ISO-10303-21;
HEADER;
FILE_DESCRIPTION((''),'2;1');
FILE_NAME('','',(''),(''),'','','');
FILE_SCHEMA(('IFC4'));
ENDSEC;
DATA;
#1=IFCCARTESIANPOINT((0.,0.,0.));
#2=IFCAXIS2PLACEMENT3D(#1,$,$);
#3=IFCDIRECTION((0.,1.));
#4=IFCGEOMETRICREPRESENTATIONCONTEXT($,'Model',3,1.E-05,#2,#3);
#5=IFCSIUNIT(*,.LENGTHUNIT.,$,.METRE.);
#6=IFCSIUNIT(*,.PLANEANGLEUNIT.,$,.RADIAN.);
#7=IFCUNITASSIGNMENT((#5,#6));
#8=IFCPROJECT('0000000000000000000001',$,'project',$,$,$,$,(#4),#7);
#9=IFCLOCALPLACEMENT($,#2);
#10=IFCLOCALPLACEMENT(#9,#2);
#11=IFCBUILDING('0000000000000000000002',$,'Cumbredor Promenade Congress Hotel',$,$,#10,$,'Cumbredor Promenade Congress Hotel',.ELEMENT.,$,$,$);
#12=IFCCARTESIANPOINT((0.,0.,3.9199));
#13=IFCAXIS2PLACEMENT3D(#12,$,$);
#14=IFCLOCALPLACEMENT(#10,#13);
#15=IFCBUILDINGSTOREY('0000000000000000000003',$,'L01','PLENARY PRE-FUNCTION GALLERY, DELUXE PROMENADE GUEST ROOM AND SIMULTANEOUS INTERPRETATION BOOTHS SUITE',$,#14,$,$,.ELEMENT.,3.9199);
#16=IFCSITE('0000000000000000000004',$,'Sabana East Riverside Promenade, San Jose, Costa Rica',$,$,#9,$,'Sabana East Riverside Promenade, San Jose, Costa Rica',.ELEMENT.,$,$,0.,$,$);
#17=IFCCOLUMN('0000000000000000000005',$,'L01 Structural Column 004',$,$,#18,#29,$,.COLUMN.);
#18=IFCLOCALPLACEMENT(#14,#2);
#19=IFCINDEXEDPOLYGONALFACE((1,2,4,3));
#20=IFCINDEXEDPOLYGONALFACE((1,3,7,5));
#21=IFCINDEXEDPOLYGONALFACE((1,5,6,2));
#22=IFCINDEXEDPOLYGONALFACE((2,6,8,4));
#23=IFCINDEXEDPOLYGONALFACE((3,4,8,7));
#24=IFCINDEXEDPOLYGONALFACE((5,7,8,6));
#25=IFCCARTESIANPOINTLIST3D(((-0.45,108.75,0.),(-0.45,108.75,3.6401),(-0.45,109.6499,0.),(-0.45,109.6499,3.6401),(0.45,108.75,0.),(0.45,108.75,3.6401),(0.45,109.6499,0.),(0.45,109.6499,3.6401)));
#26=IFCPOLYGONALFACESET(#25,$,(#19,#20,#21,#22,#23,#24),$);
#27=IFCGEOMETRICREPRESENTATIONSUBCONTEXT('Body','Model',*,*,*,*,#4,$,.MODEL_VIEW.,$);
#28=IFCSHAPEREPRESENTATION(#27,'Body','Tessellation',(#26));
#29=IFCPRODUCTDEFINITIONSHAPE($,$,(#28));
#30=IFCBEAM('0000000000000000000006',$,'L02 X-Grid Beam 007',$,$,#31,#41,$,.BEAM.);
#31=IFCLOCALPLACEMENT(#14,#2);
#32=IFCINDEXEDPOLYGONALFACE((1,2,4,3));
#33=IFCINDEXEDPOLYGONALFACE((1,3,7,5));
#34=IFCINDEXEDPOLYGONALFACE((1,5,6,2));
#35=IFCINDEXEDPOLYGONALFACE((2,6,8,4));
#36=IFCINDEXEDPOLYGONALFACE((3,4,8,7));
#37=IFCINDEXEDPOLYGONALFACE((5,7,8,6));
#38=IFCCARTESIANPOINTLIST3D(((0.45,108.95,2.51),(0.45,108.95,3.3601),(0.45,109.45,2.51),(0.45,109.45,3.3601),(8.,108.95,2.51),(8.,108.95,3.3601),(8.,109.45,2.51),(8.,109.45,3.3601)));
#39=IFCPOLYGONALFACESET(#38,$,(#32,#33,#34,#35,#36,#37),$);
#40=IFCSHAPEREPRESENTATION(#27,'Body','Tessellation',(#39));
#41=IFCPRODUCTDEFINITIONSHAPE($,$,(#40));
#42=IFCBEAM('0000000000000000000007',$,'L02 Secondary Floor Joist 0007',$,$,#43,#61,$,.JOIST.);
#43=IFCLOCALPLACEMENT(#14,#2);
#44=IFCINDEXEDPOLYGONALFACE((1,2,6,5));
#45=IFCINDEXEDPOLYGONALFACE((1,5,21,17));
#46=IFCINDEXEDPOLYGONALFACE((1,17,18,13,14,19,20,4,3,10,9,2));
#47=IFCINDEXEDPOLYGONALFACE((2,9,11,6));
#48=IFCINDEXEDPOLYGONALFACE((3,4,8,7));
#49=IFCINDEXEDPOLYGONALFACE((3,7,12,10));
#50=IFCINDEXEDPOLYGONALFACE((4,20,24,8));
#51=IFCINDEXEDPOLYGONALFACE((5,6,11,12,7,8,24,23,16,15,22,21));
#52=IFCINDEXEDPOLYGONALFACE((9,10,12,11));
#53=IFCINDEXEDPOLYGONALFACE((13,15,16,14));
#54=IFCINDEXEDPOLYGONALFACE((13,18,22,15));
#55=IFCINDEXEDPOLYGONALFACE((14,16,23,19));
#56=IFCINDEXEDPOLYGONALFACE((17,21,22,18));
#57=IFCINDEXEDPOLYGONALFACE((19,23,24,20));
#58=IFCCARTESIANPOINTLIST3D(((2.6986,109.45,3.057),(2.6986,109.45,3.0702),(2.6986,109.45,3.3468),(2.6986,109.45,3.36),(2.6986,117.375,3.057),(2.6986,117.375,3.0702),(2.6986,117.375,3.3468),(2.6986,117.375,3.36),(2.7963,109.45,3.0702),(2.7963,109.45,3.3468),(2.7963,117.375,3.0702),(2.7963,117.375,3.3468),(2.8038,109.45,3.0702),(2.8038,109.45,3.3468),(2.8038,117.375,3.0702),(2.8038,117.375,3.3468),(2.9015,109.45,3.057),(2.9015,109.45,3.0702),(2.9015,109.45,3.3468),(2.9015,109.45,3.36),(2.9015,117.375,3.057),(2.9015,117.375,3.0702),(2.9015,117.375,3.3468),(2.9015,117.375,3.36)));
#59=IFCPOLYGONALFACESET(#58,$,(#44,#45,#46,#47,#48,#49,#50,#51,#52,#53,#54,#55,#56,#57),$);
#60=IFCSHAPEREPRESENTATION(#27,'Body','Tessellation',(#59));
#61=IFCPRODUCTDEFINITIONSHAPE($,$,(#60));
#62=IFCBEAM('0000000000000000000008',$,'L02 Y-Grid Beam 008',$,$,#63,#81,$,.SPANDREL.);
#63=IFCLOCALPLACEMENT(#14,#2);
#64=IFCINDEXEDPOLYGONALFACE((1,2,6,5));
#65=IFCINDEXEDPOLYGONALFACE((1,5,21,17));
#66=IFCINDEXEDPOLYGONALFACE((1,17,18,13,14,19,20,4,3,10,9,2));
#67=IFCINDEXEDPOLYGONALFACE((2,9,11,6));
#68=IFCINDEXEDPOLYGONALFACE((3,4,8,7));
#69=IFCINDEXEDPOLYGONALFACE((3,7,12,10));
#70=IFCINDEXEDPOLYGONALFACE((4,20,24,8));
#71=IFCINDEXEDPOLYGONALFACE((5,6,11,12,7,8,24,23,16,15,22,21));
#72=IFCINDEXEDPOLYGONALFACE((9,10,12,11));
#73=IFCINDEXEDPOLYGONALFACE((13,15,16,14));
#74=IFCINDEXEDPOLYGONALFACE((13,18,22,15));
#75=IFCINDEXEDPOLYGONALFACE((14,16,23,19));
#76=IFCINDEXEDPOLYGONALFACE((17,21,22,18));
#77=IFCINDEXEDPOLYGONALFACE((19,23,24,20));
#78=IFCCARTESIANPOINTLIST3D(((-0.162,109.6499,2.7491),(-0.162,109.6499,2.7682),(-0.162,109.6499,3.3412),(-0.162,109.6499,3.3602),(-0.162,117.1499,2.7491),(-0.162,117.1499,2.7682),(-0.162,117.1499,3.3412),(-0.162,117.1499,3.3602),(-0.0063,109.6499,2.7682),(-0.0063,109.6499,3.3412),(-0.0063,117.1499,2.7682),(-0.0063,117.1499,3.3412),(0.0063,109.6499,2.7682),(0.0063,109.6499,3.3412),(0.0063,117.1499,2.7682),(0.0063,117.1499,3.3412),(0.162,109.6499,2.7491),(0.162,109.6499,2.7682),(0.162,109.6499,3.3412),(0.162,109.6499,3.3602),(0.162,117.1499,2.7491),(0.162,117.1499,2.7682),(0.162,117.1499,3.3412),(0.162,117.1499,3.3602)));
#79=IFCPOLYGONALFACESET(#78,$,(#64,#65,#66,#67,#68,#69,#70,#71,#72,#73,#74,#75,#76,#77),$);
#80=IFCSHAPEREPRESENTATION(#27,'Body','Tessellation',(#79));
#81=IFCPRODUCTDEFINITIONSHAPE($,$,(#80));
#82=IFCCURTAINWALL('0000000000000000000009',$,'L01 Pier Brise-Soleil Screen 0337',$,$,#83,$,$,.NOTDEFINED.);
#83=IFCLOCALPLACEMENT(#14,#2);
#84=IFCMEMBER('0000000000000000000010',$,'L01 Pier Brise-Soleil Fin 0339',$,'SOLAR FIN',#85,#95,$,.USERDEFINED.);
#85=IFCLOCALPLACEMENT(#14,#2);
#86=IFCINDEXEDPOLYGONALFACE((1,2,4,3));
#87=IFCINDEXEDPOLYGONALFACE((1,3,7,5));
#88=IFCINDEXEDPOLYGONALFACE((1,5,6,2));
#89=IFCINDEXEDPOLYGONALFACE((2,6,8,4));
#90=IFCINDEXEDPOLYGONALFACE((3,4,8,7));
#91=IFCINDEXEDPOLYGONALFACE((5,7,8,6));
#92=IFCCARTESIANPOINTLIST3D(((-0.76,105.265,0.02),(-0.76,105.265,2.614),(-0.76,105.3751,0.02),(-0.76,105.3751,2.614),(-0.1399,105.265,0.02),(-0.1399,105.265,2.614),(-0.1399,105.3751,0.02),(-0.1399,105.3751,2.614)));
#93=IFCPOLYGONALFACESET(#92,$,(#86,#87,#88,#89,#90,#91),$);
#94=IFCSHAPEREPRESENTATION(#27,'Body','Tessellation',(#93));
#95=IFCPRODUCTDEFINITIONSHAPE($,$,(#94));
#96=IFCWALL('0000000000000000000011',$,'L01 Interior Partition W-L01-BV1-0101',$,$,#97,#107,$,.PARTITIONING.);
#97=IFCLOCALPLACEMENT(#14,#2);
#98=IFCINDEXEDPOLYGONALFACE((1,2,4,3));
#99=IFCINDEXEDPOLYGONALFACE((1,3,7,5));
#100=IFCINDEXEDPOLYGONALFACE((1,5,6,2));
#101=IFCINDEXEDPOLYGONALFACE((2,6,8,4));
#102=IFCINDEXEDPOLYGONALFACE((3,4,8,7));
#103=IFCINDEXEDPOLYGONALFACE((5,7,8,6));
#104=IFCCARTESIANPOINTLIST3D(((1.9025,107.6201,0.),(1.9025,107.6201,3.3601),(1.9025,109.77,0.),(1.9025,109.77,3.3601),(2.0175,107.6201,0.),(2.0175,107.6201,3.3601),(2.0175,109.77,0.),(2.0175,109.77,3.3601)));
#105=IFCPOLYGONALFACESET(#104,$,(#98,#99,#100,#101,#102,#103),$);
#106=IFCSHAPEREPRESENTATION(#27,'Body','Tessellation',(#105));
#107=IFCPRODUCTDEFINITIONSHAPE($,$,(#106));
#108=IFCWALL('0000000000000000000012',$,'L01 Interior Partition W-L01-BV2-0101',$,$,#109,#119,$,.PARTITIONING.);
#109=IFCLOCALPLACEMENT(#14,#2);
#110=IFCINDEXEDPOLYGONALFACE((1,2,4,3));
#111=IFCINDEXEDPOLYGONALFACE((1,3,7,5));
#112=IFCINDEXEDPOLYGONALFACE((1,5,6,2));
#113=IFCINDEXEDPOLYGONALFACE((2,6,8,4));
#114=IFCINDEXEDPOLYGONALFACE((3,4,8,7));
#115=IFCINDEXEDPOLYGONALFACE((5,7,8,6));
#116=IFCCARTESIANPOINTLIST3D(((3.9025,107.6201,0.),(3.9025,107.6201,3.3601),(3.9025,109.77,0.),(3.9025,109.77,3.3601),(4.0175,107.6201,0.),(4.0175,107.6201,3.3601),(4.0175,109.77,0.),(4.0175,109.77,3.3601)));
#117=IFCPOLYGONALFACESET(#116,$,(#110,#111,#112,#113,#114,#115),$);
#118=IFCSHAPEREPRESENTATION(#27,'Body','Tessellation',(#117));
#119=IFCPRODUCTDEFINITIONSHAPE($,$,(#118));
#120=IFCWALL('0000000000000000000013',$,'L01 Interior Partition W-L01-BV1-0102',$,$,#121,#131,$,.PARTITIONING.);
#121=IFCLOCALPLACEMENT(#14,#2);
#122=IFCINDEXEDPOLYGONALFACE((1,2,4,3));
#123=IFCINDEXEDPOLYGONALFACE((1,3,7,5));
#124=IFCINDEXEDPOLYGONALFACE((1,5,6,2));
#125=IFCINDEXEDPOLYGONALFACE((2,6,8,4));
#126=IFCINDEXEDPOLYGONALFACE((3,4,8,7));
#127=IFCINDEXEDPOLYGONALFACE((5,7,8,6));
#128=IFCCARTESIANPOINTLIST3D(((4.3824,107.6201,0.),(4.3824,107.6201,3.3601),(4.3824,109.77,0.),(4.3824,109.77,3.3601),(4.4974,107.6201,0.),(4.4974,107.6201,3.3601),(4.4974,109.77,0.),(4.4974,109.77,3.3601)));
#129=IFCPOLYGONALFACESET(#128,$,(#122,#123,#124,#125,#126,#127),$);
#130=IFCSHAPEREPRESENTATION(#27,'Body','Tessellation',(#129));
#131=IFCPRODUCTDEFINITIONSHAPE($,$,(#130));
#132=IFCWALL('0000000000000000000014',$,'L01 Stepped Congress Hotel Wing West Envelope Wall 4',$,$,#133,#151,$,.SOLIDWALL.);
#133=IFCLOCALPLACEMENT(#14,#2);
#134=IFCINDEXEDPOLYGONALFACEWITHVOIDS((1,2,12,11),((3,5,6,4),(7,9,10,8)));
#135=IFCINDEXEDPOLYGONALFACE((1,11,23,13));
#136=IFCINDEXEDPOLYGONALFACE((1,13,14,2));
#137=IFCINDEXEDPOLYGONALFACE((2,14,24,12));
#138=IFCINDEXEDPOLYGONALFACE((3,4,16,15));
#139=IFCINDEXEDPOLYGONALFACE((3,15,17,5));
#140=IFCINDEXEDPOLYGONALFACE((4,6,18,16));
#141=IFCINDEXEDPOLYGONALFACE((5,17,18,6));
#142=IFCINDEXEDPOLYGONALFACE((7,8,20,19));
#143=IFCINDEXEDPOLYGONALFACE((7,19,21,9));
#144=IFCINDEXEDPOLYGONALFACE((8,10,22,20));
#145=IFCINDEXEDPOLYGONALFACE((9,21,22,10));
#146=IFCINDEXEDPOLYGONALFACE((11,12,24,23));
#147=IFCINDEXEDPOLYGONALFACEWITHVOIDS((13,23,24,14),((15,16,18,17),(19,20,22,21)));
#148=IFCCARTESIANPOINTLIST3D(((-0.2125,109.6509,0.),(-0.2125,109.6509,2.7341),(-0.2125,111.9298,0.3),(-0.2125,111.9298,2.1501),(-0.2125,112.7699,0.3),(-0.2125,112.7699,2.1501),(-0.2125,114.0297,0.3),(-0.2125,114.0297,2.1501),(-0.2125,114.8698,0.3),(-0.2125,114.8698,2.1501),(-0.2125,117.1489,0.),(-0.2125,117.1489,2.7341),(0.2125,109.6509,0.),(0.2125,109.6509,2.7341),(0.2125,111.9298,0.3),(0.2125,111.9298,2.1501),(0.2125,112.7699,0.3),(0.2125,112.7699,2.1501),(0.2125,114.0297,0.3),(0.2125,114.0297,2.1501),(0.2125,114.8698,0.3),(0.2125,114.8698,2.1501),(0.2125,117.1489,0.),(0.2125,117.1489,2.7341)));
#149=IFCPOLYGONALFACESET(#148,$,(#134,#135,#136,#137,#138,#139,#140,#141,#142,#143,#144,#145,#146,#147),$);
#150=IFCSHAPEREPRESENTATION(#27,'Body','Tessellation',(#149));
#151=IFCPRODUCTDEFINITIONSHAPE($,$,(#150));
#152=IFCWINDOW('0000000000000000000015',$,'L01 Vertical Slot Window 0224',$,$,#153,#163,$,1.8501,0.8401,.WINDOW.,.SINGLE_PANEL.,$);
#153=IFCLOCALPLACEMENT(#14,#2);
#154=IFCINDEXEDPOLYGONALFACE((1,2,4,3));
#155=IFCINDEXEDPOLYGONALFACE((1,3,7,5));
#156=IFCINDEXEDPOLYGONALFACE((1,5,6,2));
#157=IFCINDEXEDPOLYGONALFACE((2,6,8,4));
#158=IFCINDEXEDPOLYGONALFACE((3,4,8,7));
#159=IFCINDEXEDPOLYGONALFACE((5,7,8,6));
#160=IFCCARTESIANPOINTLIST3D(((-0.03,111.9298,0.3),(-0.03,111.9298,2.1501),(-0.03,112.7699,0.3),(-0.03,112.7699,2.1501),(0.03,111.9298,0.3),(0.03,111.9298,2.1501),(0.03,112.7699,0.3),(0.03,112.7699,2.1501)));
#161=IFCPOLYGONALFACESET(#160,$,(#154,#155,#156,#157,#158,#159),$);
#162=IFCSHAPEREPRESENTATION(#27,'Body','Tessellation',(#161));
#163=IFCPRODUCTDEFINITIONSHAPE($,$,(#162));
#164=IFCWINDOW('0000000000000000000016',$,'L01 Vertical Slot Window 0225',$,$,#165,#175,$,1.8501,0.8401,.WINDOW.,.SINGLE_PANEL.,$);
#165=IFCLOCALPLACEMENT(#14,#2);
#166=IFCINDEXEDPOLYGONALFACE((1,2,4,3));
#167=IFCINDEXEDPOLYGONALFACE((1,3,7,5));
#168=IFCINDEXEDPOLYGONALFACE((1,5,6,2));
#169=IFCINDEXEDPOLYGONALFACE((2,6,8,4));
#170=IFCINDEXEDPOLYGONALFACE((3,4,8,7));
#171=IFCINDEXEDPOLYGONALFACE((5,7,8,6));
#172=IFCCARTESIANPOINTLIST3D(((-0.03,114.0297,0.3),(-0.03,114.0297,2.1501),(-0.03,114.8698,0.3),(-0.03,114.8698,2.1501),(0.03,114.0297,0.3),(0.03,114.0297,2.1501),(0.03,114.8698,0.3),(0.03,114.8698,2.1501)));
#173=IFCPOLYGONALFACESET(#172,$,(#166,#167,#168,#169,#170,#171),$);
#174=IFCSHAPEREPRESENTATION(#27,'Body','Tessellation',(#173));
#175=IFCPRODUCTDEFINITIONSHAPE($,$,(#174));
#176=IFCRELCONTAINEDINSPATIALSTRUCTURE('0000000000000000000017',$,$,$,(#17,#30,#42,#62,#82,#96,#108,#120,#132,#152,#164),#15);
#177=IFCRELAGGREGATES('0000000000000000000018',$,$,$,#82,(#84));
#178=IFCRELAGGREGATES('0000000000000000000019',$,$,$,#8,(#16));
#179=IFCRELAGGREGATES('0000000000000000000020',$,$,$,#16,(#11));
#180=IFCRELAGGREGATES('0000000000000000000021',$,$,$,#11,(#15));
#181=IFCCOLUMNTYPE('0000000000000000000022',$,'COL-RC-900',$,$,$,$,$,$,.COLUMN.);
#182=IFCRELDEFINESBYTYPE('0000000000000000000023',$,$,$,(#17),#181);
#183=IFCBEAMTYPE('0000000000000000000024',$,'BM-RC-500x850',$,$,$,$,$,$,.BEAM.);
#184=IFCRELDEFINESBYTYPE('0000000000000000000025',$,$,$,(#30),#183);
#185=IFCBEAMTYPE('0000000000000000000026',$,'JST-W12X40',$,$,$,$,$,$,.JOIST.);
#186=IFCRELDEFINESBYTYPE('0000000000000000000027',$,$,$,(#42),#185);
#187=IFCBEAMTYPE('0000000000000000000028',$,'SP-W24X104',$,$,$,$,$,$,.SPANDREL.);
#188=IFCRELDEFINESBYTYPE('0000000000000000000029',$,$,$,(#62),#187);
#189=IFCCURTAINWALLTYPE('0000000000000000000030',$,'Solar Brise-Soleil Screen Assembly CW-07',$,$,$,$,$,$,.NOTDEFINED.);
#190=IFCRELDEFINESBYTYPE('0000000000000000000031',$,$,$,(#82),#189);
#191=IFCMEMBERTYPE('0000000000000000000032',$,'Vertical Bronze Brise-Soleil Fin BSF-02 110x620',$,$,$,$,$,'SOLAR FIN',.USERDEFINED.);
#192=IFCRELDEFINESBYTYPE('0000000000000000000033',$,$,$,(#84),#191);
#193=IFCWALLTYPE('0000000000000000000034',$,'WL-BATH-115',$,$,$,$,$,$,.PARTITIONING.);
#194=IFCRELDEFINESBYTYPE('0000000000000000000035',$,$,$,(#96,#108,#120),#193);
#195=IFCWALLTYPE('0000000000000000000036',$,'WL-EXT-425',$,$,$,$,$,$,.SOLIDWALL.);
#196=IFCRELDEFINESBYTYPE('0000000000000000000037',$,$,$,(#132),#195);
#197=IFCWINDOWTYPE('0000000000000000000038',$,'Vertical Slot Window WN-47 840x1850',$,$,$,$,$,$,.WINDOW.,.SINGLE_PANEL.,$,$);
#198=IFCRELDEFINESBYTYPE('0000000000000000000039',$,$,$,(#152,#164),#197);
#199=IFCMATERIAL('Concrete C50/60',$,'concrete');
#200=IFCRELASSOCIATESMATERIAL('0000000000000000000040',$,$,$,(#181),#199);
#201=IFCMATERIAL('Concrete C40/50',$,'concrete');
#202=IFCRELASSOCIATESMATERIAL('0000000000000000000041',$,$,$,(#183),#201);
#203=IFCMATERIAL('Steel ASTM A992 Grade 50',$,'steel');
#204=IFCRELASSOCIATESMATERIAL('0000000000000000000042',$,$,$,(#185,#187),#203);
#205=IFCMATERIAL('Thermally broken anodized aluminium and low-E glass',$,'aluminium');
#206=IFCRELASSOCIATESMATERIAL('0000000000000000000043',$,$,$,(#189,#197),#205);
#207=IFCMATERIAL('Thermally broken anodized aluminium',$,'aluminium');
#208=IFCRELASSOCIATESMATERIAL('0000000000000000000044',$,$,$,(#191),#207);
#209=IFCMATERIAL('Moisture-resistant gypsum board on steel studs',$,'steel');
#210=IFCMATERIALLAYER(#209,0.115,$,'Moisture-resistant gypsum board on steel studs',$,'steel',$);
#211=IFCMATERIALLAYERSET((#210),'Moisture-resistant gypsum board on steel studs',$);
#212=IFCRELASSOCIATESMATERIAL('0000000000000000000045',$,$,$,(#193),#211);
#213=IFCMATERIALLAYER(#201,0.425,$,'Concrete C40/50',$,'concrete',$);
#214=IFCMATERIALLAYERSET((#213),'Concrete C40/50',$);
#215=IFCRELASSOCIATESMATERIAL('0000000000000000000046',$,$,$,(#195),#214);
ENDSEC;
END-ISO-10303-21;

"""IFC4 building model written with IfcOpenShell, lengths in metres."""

from ifc_helpers import new_model, si_unit, direction, frame, frame_2d, origin, origin_2d, place, context, subcontext, project, spatial, rectangle, i_section, extrude, material, layer, layer_set, material_profile, profile_set, type_object, element, fill, aggregate, save


model = new_model("IFC4")

# Units and contexts
model_context = context("Model", 3, precision=1e-05, world=origin(), true_north=direction((0.0, 1.0)))
body_context = subcontext(model_context, "Body", "Model", "MODEL_VIEW")
ifc_project = project(units=[si_unit("LENGTHUNIT", "METRE"), si_unit("PLANEANGLEUNIT", "RADIAN")], contexts=[model_context])

# Site, building, storey
site_placement = place(None, origin())
site = spatial("IfcSite", under=ifc_project, at=site_placement, Name="Sabana East Riverside Promenade, San Jose, Costa Rica", LongName="Sabana East Riverside Promenade, San Jose, Costa Rica", CompositionType="ELEMENT", RefElevation=0.0)
building_placement = place(site_placement, origin())
building = spatial("IfcBuilding", under=site, at=building_placement, Name="Cumbredor Promenade Congress Hotel", LongName="Cumbredor Promenade Congress Hotel", CompositionType="ELEMENT")
storey_placement = place(building_placement, frame((0.0, 0.0, 3.9199)))
storey = spatial("IfcBuildingStorey", under=building, at=storey_placement, Name="L01", Description="PLENARY PRE-FUNCTION GALLERY, DELUXE PROMENADE GUEST ROOM AND SIMULTANEOUS INTERPRETATION BOOTHS SUITE", CompositionType="ELEMENT", Elevation=3.9199)

# Column
ifc_material_1 = material(Name="Concrete C50/60", Category="concrete")
ifc_material_profile_1 = material_profile(ifc_material_1, rectangle(XDim=0.8999, YDim=0.8999, at=origin_2d()), Name="RC 900x900")
ifc_profile_set_1 = profile_set([ifc_material_profile_1], Name="Concrete C50/60")
column_type = type_object("IfcColumnType", Name="COL-RC-900", PredefinedType="COLUMN", material=ifc_profile_set_1)
column_placement = place(storey_placement, frame((0.0, 109.2, 0.0), z_axis=(0.0, 0.0, 1.0), x_axis=(1.0, 0.0, 0.0)))
element("IfcColumn", 1, at=column_placement, inside=storey, type_object=column_type, Name="L01 Structural Column 004", PredefinedType="COLUMN", context=body_context, shape_type="SweptSolid", body=[
    extrude(rectangle(XDim=0.8999, YDim=0.8999, at=origin_2d()), origin(), (0.0, 0.0, 1.0), 3.6401),
])

# Beams
ifc_material_2 = material(Name="Concrete C40/50", Category="concrete")
ifc_material_profile_2 = material_profile(ifc_material_2, rectangle(XDim=0.5, YDim=0.8501, at=origin_2d()), Name="RC BEAM 500x850")
ifc_profile_set_2 = profile_set([ifc_material_profile_2], Name="Concrete C40/50")
beam_type_1 = type_object("IfcBeamType", Name="BM-RC-500x850", PredefinedType="BEAM", material=ifc_profile_set_2)
beam_1_placement = place(storey_placement, frame((0.45, 109.2, 2.9351), z_axis=(1.0, 0.0, 0.0), x_axis=(0.0, 1.0, 0.0)))
element("IfcBeam", 2, at=beam_1_placement, inside=storey, type_object=beam_type_1, Name="L02 X-Grid Beam 007", PredefinedType="BEAM", context=body_context, shape_type="SweptSolid", body=[
    extrude(rectangle(XDim=0.5, YDim=0.8501, at=origin_2d()), origin(), (0.0, 0.0, 1.0), 7.55),
])
ifc_material_3 = material(Name="Steel ASTM A992 Grade 50", Category="steel")
ifc_material_profile_3 = material_profile(ifc_material_3, i_section(OverallWidth=0.2029, OverallDepth=0.303, WebThickness=0.0076, FlangeThickness=0.0132, at=origin_2d()), Name="W12X40")
ifc_profile_set_3 = profile_set([ifc_material_profile_3], Name="Steel ASTM A992 Grade 50")
beam_type_2 = type_object("IfcBeamType", Name="JST-W12X40", PredefinedType="JOIST", material=ifc_profile_set_3)
beam_2_placement = place(storey_placement, frame((2.8, 109.45, 3.2085), z_axis=(0.0, 1.0, 0.0), x_axis=(-1.0, 0.0, 0.0)))
element("IfcBeam", 3, at=beam_2_placement, inside=storey, type_object=beam_type_2, Name="L02 Secondary Floor Joist 0007", PredefinedType="JOIST", context=body_context, shape_type="SweptSolid", body=[
    extrude(i_section(OverallWidth=0.2029, OverallDepth=0.303, WebThickness=0.0076, FlangeThickness=0.0132, at=origin_2d()), origin(), (0.0, 0.0, 1.0), 7.925),
])
ifc_material_profile_4 = material_profile(ifc_material_3, i_section(OverallWidth=0.324, OverallDepth=0.6111, WebThickness=0.0127, FlangeThickness=0.019, at=origin_2d()), Name="W24X104")
ifc_profile_set_4 = profile_set([ifc_material_profile_4], Name="Steel ASTM A992 Grade 50")
beam_type_3 = type_object("IfcBeamType", Name="SP-W24X104", PredefinedType="SPANDREL", material=ifc_profile_set_4)
beam_3_placement = place(storey_placement, frame((0.0, 109.6499, 3.0547), z_axis=(0.0, 1.0, 0.0), x_axis=(-1.0, 0.0, 0.0)))
element("IfcBeam", 4, at=beam_3_placement, inside=storey, type_object=beam_type_3, Name="L02 Y-Grid Beam 008", PredefinedType="SPANDREL", context=body_context, shape_type="SweptSolid", body=[
    extrude(i_section(OverallWidth=0.324, OverallDepth=0.6111, WebThickness=0.0127, FlangeThickness=0.019, at=origin_2d()), origin(), (0.0, 0.0, 1.0), 7.5),
])

# Curtain wall, member
ifc_material_4 = material(Name="Thermally broken anodized aluminium and low-E glass", Category="aluminium")
curtain_wall_type = type_object("IfcCurtainWallType", Name="Solar Brise-Soleil Screen Assembly CW-07", PredefinedType="NOTDEFINED", material=ifc_material_4)
curtain_wall_placement = place(storey_placement, origin())
curtain_wall = element("IfcCurtainWall", 5, at=curtain_wall_placement, inside=storey, type_object=curtain_wall_type, Name="L01 Pier Brise-Soleil Screen 0337", PredefinedType="NOTDEFINED")
ifc_material_5 = material(Name="Thermally broken anodized aluminium", Category="aluminium")
ifc_material_profile_5 = material_profile(ifc_material_5, rectangle(XDim=0.1101, YDim=0.6201, at=origin_2d()), Name="ARCH FIN 110x620")
ifc_profile_set_5 = profile_set([ifc_material_profile_5], Name="Thermally broken anodized aluminium")
member_type = type_object("IfcMemberType", Name="Vertical Bronze Brise-Soleil Fin BSF-02 110x620", ElementType="SOLAR FIN", PredefinedType="USERDEFINED", material=ifc_profile_set_5)
member_placement = place(storey_placement, frame((-0.45, 105.3201, 0.02), z_axis=(0.0, 0.0, 1.0), x_axis=(0.0, 1.0, 0.0)))
member = element("IfcMember", 6, at=member_placement, type_object=member_type, Name="L01 Pier Brise-Soleil Fin 0339", ObjectType="SOLAR FIN", PredefinedType="USERDEFINED", context=body_context, shape_type="SweptSolid", body=[
    extrude(rectangle(XDim=0.1101, YDim=0.6201, at=origin_2d()), origin(), (0.0, 0.0, 1.0), 2.594),
])
aggregate(curtain_wall, [member])

# Walls
ifc_material_6 = material(Name="Moisture-resistant gypsum board on steel studs", Category="steel")
ifc_layer_1 = layer(ifc_material_6, 0.115, Name="Moisture-resistant gypsum board on steel studs", Category="steel")
ifc_layer_set_1 = layer_set([ifc_layer_1], Name="Moisture-resistant gypsum board on steel studs")
wall_type_1 = type_object("IfcWallType", Name="WL-BATH-115", PredefinedType="PARTITIONING", material=ifc_layer_set_1)
for number, where, z_axis, x_axis, name in (
    (7, (1.96, 107.6201, 0.0), (0.0, 0.0, 1.0), (0.0, 1.0, 0.0), "L01 Interior Partition W-L01-BV1-0101"),
    (8, (3.96, 107.6201, 0.0), (0.0, 0.0, 1.0), (0.0, 1.0, 0.0), "L01 Interior Partition W-L01-BV2-0101"),
    (9, (4.4399, 107.6201, 0.0), (0.0, 0.0, 1.0), (0.0, 1.0, 0.0), "L01 Interior Partition W-L01-BV1-0102"),
):
    element("IfcWall", number, at=place(storey_placement, frame(where, z_axis=z_axis, x_axis=x_axis)), inside=storey, type_object=wall_type_1, Name=name, PredefinedType="PARTITIONING", context=body_context, shape_type="SweptSolid", body=[
        extrude(rectangle(XDim=2.1499, YDim=0.115, at=frame_2d((1.075, 0.0))), origin(), (0.0, 0.0, 1.0), 3.3601),
    ])

# Wall, openings, windows
ifc_layer_2 = layer(ifc_material_2, 0.425, Name="Concrete C40/50", Category="concrete")
ifc_layer_set_2 = layer_set([ifc_layer_2], Name="Concrete C40/50")
wall_type_2 = type_object("IfcWallType", Name="WL-EXT-425", PredefinedType="SOLIDWALL", material=ifc_layer_set_2)
wall_1_placement = place(storey_placement, frame((0.0, 109.6509, 0.0), z_axis=(0.0, 0.0, 1.0), x_axis=(0.0, 1.0, 0.0)))
wall_1 = element("IfcWall", 10, at=wall_1_placement, inside=storey, type_object=wall_type_2, Name="L01 Stepped Congress Hotel Wing West Envelope Wall 4", PredefinedType="SOLIDWALL", context=body_context, shape_type="SweptSolid", body=[
    extrude(rectangle(XDim=7.498, YDim=0.425, at=frame_2d((3.749, 0.0))), origin(), (0.0, 0.0, 1.0), 2.7341),
])
opening_1_placement = place(wall_1_placement, frame((2.2791, 0.0, 0.3)))
opening_1 = element("IfcOpeningElement", 11, at=opening_1_placement, cuts=wall_1, PredefinedType="OPENING", context=body_context, shape_type="SweptSolid", body=[
    extrude(rectangle(XDim=0.8401, YDim=1.8501, at=frame_2d((0.4199, 0.925))), frame((0.0, 0.2227, 0.0), z_axis=(0.0, -1.0, 0.0), x_axis=(1.0, 0.0, 0.0)), (0.0, 0.0, 1.0), 0.4451),
])
opening_2_placement = place(wall_1_placement, frame((4.3789, 0.0, 0.3)))
opening_2 = element("IfcOpeningElement", 12, at=opening_2_placement, cuts=wall_1, PredefinedType="OPENING", context=body_context, shape_type="SweptSolid", body=[
    extrude(rectangle(XDim=0.8401, YDim=1.8501, at=frame_2d((0.4199, 0.925))), frame((0.0, 0.2227, 0.0), z_axis=(0.0, -1.0, 0.0), x_axis=(1.0, 0.0, 0.0)), (0.0, 0.0, 1.0), 0.4451),
])
window_type = type_object("IfcWindowType", Name="Vertical Slot Window WN-47 840x1850", PartitioningType="SINGLE_PANEL", PredefinedType="WINDOW", material=ifc_material_4)
window_1_placement = place(opening_1_placement, origin())
window_1 = element("IfcWindow", 13, at=window_1_placement, inside=storey, type_object=window_type, Name="L01 Vertical Slot Window 0224", OverallHeight=1.8501, OverallWidth=0.8401, PartitioningType="SINGLE_PANEL", PredefinedType="WINDOW", context=body_context, shape_type="SweptSolid", body=[
    extrude(rectangle(XDim=0.8401, YDim=1.8501, at=frame_2d((0.4199, 0.925))), frame((0.0, 0.03, 0.0), z_axis=(0.0, -1.0, 0.0), x_axis=(1.0, 0.0, 0.0)), (0.0, 0.0, 1.0), 0.0601),
])
fill(opening_1, window_1)
window_2_placement = place(opening_2_placement, origin())
window_2 = element("IfcWindow", 14, at=window_2_placement, inside=storey, type_object=window_type, Name="L01 Vertical Slot Window 0225", OverallHeight=1.8501, OverallWidth=0.8401, PartitioningType="SINGLE_PANEL", PredefinedType="WINDOW", context=body_context, shape_type="SweptSolid", body=[
    extrude(rectangle(XDim=0.8401, YDim=1.8501, at=frame_2d((0.4199, 0.925))), frame((0.0, 0.03, 0.0), z_axis=(0.0, -1.0, 0.0), x_axis=(1.0, 0.0, 0.0)), (0.0, 0.0, 1.0), 0.0601),
])
fill(opening_2, window_2)

save(model, "model.ifc")
